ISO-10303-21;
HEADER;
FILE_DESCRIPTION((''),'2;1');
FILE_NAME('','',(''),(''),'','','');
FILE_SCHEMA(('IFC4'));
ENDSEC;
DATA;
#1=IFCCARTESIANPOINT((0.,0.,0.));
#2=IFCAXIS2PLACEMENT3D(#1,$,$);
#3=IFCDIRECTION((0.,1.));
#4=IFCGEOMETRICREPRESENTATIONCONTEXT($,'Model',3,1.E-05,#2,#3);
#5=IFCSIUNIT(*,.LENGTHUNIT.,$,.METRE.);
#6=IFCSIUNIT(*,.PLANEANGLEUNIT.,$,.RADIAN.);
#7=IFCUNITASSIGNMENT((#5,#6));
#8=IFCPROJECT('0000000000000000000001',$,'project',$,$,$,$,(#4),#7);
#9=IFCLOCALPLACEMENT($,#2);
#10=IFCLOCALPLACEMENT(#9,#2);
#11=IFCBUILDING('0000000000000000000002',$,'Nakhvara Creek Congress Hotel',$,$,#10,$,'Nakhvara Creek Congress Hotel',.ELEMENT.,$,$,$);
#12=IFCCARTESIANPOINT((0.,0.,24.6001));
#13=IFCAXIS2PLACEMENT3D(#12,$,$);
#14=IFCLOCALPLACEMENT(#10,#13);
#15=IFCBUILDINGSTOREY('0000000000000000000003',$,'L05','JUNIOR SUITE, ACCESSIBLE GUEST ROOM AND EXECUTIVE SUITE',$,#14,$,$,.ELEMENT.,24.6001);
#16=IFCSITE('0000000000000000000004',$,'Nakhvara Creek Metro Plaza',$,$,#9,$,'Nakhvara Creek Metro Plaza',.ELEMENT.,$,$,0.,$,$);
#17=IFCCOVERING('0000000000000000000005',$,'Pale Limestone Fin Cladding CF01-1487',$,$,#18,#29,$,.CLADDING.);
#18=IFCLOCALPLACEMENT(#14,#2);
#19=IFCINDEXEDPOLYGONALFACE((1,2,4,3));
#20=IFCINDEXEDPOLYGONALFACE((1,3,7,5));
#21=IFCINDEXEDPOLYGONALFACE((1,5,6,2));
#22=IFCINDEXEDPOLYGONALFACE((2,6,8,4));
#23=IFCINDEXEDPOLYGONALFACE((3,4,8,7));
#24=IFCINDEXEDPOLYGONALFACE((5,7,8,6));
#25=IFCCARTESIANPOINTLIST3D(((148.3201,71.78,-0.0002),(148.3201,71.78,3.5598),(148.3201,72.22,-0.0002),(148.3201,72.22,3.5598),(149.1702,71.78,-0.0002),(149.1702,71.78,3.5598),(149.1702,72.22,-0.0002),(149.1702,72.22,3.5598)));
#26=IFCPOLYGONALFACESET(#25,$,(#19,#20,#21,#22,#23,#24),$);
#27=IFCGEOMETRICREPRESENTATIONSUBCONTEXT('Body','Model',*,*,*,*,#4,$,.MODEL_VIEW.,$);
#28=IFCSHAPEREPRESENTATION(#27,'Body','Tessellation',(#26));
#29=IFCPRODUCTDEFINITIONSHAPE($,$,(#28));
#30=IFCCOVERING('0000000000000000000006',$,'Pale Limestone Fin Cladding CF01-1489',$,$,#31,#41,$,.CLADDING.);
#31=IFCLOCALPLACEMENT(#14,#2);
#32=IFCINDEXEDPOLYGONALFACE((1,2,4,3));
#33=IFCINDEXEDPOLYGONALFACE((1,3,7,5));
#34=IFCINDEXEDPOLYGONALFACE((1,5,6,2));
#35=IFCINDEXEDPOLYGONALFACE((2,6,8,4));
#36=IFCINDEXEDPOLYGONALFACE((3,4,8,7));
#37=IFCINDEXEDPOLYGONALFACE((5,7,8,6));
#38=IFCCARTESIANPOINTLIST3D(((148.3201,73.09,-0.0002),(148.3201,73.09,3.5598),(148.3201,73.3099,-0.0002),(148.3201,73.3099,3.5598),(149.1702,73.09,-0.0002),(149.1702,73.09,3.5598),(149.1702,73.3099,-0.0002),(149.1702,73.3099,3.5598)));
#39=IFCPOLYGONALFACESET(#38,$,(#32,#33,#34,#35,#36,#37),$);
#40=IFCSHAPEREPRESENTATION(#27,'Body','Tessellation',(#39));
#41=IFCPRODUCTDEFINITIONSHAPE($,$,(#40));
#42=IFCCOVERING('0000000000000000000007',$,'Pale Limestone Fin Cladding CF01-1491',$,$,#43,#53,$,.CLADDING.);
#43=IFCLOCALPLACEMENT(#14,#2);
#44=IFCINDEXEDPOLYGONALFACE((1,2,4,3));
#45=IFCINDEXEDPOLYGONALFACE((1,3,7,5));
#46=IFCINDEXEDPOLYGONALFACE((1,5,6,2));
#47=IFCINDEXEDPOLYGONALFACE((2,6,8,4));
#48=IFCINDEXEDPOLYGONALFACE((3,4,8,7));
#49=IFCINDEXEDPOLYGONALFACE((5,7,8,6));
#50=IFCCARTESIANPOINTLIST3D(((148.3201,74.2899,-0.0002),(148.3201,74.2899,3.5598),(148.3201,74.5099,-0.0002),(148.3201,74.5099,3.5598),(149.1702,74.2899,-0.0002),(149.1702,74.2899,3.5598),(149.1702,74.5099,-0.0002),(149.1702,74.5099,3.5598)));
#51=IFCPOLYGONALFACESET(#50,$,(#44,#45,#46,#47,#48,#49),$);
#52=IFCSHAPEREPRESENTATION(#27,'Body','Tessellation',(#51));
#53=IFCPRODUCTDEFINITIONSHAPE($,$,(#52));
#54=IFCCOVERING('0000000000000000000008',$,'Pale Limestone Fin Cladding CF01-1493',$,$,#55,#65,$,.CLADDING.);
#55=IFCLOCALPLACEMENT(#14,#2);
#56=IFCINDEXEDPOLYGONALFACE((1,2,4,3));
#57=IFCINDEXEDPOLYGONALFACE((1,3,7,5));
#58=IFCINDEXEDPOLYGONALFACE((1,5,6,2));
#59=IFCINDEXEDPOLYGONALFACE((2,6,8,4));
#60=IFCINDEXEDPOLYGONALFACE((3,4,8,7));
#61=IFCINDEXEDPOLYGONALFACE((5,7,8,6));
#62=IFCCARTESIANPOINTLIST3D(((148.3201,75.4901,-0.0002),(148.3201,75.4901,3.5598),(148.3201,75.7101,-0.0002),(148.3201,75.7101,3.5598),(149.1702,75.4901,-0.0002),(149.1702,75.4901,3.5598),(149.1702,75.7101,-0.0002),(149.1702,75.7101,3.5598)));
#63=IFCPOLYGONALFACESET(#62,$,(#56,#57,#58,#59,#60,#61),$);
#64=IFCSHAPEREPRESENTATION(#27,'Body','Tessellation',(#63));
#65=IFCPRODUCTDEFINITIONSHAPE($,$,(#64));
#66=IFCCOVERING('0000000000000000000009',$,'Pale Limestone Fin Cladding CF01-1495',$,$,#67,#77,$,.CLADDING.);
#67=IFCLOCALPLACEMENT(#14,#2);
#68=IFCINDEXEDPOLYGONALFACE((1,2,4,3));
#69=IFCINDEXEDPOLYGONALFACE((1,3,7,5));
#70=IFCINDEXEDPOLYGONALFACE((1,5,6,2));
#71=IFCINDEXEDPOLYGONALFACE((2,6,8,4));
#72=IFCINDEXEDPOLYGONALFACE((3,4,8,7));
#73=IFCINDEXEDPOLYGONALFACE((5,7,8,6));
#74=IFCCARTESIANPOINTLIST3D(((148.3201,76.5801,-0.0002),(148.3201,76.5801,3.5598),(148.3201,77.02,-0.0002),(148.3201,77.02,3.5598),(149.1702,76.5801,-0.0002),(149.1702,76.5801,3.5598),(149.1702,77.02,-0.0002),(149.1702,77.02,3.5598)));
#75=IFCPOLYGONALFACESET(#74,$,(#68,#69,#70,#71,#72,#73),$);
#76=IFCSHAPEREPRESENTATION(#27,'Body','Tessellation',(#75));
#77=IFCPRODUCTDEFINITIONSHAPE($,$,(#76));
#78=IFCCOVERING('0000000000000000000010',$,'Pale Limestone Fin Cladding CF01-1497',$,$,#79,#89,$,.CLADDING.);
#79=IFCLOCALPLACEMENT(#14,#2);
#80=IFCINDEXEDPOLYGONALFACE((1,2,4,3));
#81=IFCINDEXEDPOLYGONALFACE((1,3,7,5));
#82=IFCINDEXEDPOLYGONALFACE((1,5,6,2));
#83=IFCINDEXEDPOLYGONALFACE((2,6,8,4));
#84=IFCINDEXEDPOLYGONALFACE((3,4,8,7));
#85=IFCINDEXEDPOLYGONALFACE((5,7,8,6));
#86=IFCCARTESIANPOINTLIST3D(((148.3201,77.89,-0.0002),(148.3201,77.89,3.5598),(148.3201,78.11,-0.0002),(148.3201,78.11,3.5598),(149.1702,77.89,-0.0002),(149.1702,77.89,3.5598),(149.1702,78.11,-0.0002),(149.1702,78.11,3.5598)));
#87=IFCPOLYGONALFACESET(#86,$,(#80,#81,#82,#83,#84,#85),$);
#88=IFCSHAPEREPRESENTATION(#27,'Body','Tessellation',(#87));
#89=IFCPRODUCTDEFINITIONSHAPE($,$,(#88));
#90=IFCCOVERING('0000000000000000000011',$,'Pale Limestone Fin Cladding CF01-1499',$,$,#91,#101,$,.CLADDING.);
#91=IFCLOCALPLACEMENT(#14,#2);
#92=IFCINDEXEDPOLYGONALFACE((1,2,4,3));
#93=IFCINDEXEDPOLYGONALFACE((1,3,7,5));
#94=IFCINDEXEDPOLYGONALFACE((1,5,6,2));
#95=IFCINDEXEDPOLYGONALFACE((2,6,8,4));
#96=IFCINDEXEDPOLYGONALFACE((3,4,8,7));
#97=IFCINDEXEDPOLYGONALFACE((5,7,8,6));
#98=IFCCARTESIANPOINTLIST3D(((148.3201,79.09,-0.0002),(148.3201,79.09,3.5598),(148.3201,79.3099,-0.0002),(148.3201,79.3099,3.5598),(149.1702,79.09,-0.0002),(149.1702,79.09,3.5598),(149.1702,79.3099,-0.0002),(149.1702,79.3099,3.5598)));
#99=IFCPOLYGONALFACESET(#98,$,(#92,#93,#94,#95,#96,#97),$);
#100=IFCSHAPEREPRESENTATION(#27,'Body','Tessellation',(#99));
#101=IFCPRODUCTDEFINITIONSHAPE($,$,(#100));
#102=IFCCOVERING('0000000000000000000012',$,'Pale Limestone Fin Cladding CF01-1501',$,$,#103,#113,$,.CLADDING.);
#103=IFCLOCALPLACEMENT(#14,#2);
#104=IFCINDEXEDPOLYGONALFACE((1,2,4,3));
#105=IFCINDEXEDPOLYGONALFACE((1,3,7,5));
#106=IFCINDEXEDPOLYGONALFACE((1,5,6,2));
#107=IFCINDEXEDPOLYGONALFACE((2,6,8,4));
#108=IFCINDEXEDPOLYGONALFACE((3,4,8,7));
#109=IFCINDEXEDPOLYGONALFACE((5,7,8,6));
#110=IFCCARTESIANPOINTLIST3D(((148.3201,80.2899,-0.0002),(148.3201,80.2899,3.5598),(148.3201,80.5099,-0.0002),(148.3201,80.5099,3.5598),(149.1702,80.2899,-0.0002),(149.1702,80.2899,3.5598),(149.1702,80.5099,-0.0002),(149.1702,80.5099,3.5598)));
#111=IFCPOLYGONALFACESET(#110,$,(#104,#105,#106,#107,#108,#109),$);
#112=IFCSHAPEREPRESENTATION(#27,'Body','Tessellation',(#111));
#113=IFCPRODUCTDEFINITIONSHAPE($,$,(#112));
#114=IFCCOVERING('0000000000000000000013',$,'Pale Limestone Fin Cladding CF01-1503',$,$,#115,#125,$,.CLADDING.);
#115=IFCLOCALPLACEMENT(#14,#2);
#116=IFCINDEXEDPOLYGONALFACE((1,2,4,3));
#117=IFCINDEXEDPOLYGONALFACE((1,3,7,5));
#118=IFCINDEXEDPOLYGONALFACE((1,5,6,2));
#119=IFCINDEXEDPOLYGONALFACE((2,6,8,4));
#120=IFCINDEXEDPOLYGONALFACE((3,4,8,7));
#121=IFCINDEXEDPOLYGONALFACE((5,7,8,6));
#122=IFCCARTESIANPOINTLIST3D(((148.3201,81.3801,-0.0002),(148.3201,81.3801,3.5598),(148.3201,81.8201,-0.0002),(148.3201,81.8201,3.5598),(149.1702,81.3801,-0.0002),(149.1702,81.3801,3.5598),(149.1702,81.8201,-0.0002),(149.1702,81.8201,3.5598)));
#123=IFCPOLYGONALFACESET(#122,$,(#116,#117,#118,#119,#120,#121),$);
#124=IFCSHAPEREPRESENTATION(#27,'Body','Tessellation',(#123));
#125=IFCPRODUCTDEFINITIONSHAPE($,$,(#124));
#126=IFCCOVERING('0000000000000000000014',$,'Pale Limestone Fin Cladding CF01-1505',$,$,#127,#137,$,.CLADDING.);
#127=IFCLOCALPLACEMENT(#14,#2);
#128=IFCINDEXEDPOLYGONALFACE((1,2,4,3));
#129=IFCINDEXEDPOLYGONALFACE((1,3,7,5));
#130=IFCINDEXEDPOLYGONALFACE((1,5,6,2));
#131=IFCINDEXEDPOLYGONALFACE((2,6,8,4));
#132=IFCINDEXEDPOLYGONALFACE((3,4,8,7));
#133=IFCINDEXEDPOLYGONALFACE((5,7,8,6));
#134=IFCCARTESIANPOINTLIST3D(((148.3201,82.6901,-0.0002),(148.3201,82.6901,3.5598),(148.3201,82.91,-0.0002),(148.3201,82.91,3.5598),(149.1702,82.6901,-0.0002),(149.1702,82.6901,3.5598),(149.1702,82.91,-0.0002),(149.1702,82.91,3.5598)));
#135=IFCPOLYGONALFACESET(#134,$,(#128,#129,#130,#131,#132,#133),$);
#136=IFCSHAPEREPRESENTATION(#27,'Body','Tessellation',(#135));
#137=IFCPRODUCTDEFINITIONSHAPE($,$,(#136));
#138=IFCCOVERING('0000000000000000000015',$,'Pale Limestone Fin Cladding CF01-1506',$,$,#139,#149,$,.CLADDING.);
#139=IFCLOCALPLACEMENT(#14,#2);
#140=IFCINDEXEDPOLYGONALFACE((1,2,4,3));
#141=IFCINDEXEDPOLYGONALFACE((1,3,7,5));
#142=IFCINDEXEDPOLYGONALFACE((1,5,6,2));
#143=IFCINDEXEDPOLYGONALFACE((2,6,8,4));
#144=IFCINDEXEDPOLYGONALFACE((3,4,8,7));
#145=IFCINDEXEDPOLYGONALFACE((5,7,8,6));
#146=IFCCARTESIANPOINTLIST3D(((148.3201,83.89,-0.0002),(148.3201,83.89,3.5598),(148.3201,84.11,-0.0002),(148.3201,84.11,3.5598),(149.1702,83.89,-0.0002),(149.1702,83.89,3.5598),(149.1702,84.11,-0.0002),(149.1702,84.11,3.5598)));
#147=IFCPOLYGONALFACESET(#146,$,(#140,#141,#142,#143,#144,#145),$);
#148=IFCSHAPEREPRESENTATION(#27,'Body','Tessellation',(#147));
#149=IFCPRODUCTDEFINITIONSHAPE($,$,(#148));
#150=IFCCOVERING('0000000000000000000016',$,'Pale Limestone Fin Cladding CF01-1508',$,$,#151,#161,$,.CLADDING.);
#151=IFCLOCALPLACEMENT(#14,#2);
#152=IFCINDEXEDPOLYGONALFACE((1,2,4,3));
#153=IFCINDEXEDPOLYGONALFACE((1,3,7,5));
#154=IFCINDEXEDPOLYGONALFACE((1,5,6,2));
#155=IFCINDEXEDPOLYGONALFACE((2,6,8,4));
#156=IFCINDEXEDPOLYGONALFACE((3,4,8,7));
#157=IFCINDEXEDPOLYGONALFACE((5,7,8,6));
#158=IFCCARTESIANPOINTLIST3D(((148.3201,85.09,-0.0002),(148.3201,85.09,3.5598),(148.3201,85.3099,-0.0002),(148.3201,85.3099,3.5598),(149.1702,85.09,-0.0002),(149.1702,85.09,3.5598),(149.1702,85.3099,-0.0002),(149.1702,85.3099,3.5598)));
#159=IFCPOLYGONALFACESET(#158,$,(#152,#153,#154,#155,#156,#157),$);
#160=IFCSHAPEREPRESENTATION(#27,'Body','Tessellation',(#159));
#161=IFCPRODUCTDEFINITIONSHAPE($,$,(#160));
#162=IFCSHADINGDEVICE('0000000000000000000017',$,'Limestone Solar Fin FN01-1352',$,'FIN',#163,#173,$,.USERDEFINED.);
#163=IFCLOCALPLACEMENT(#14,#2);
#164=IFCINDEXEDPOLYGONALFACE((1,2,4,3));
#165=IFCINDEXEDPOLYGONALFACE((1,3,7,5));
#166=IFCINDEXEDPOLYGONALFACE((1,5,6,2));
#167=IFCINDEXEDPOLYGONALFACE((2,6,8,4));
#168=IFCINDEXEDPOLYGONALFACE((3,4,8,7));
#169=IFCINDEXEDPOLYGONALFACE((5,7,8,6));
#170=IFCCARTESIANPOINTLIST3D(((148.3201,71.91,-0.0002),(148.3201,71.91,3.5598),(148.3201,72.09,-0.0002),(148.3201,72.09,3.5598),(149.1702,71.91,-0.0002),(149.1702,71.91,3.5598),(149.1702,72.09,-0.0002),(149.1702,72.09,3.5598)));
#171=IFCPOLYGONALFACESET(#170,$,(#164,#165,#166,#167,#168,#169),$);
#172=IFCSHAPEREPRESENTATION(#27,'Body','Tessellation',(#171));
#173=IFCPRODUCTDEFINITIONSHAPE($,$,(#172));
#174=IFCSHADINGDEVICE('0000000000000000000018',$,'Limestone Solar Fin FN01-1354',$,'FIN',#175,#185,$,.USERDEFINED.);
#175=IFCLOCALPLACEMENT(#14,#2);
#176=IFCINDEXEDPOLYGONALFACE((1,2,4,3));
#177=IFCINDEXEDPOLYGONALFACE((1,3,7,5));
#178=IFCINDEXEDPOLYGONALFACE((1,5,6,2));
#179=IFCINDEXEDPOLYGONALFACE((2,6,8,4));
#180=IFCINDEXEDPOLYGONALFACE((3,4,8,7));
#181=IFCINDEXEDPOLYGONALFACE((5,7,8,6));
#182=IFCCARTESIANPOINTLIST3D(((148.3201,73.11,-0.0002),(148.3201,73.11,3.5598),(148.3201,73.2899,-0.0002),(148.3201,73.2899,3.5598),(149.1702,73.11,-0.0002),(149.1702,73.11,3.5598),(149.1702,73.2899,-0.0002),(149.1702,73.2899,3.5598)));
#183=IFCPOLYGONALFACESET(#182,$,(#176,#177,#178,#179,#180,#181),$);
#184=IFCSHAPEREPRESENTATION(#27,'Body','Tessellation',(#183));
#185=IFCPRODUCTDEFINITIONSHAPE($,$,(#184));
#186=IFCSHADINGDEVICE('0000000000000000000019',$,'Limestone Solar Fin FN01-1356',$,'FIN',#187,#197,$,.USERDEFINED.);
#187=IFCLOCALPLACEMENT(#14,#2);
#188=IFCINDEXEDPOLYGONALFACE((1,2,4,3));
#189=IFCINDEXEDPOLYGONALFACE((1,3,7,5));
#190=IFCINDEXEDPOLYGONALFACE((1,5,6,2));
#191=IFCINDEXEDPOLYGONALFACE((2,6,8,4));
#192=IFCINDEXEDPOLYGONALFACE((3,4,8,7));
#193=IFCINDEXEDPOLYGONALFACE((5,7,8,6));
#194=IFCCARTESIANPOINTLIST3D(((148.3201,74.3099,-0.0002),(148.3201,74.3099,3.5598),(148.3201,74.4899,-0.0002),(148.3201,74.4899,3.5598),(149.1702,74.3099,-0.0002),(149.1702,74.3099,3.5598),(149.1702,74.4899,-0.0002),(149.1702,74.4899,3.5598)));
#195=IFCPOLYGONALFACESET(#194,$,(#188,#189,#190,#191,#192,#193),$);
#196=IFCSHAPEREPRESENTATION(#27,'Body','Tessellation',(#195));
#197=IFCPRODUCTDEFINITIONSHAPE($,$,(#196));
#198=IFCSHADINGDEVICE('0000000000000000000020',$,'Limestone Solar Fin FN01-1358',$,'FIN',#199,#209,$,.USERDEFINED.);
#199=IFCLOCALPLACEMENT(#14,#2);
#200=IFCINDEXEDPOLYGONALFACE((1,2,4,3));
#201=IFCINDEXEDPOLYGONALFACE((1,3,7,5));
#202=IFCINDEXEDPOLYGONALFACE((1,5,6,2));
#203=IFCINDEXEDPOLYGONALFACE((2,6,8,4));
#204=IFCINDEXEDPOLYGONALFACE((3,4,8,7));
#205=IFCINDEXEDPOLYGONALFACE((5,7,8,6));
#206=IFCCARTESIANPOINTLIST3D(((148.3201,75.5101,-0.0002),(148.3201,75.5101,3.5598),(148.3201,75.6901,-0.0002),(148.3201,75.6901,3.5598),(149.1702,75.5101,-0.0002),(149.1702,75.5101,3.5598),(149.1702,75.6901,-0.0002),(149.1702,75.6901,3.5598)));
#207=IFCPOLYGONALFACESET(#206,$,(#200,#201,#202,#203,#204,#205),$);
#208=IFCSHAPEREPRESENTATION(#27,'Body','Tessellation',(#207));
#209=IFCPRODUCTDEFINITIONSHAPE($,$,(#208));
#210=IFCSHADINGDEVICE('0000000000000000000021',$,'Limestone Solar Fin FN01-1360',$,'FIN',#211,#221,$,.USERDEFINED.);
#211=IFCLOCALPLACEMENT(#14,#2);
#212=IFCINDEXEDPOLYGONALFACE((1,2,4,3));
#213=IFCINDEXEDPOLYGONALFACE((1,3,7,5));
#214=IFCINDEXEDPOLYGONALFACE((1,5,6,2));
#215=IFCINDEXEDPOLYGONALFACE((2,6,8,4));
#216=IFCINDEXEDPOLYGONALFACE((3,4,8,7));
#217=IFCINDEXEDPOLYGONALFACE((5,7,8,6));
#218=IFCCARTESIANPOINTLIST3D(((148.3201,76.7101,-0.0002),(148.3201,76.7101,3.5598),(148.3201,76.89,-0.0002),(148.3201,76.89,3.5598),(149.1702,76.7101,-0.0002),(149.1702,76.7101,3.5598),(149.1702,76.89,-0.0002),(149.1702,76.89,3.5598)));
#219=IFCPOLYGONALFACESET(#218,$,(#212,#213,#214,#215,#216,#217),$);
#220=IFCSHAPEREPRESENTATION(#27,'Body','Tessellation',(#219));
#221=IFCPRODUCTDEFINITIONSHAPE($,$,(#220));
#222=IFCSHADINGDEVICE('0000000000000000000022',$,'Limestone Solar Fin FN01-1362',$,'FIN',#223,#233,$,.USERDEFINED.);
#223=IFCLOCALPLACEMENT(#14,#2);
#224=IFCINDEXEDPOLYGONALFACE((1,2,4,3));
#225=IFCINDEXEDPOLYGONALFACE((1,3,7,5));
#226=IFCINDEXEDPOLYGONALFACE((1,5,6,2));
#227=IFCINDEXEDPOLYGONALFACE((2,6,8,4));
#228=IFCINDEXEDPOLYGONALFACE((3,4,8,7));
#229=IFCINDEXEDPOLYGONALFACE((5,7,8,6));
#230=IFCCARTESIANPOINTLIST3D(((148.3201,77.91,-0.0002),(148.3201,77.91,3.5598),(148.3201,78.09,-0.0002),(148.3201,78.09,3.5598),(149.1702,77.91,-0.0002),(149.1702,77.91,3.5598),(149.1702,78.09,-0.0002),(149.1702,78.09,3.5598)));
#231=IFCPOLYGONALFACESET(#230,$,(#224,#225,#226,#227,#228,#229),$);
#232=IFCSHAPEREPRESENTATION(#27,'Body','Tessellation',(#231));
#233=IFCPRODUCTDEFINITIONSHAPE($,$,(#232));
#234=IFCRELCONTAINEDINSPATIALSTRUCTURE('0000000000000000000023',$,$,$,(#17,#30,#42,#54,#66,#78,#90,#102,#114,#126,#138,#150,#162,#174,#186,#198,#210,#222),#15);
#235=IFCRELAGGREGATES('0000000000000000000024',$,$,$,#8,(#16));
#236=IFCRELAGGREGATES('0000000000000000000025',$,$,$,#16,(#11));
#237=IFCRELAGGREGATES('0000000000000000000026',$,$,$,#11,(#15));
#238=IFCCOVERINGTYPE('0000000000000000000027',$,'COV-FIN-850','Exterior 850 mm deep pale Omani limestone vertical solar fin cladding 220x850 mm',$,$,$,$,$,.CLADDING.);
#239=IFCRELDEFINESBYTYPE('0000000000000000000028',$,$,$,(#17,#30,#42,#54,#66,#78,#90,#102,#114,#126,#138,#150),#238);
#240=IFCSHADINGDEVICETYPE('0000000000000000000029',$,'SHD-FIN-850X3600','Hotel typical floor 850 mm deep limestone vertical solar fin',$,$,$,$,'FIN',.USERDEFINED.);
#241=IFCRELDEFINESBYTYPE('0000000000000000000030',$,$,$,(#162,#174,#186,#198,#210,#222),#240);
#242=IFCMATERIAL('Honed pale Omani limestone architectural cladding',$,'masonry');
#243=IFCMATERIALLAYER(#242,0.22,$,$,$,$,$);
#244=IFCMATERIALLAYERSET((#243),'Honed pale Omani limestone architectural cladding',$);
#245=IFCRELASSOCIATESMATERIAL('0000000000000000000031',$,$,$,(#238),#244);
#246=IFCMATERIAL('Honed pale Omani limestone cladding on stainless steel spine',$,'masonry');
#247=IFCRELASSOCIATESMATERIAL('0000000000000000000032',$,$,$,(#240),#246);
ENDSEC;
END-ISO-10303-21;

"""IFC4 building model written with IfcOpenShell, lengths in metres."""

from ifc_helpers import new_model, si_unit, direction, frame, origin, origin_2d, place, context, subcontext, project, spatial, rectangle, extrude, material, layer, layer_set, type_object, element, save


model = new_model("IFC4")

# Units and contexts
model_context = context("Model", 3, precision=1e-05, world=origin(), true_north=direction((0.0, 1.0)))
body_context = subcontext(model_context, "Body", "Model", "MODEL_VIEW")
ifc_project = project(units=[si_unit("LENGTHUNIT", "METRE"), si_unit("PLANEANGLEUNIT", "RADIAN")], contexts=[model_context])

# Site, building, storey
site_placement = place(None, origin())
site = spatial("IfcSite", under=ifc_project, at=site_placement, Name="Nakhvara Creek Metro Plaza", LongName="Nakhvara Creek Metro Plaza", CompositionType="ELEMENT", RefElevation=0.0)
building_placement = place(site_placement, origin())
building = spatial("IfcBuilding", under=site, at=building_placement, Name="Nakhvara Creek Congress Hotel", LongName="Nakhvara Creek Congress Hotel", CompositionType="ELEMENT")
storey_placement = place(building_placement, frame((0.0, 0.0, 24.6001)))
storey = spatial("IfcBuildingStorey", under=building, at=storey_placement, Name="L05", Description="JUNIOR SUITE, ACCESSIBLE GUEST ROOM AND EXECUTIVE SUITE", CompositionType="ELEMENT", Elevation=24.6001)

# Coverings
ifc_material_1 = material(Name="Honed pale Omani limestone architectural cladding", Category="masonry")
ifc_layer = layer(ifc_material_1, 0.22)
ifc_layer_set = layer_set([ifc_layer], Name="Honed pale Omani limestone architectural cladding")
covering_type = type_object("IfcCoveringType", Name="COV-FIN-850", Description="Exterior 850 mm deep pale Omani limestone vertical solar fin cladding 220x850 mm", PredefinedType="CLADDING", material=ifc_layer_set)
covering_1_placement = place(storey_placement, frame((148.7451, 72.0, -0.0002), z_axis=(0.0, 0.0, 1.0), x_axis=(0.0, 1.0, 0.0)))
element("IfcCovering", 1, at=covering_1_placement, inside=storey, type_object=covering_type, Name="Pale Limestone Fin Cladding CF01-1487", PredefinedType="CLADDING", context=body_context, shape_type="SweptSolid", body=[
    extrude(rectangle(XDim=0.4399, YDim=0.8501, at=origin_2d()), origin(), (0.0, 0.0, 1.0), 3.5601),
])
for number, where, z_axis, x_axis, name in (
    (2, (148.7451, 73.2, -0.0002), (0.0, 0.0, 1.0), (0.0, 1.0, 0.0), "Pale Limestone Fin Cladding CF01-1489"),
    (3, (148.7451, 74.3999, -0.0002), (0.0, 0.0, 1.0), (0.0, 1.0, 0.0), "Pale Limestone Fin Cladding CF01-1491"),
    (4, (148.7451, 75.6001, -0.0002), (0.0, 0.0, 1.0), (0.0, 1.0, 0.0), "Pale Limestone Fin Cladding CF01-1493"),
):
    element("IfcCovering", number, at=place(storey_placement, frame(where, z_axis=z_axis, x_axis=x_axis)), inside=storey, type_object=covering_type, Name=name, PredefinedType="CLADDING", context=body_context, shape_type="SweptSolid", body=[
        extrude(rectangle(XDim=0.22, YDim=0.8501, at=origin_2d()), origin(), (0.0, 0.0, 1.0), 3.5601),
    ])
covering_2_placement = place(storey_placement, frame((148.7451, 76.8, -0.0002), z_axis=(0.0, 0.0, 1.0), x_axis=(0.0, 1.0, 0.0)))
element("IfcCovering", 5, at=covering_2_placement, inside=storey, type_object=covering_type, Name="Pale Limestone Fin Cladding CF01-1495", PredefinedType="CLADDING", context=body_context, shape_type="SweptSolid", body=[
    extrude(rectangle(XDim=0.4399, YDim=0.8501, at=origin_2d()), origin(), (0.0, 0.0, 1.0), 3.5601),
])
for number, where, z_axis, x_axis, name in (
    (6, (148.7451, 78.0, -0.0002), (0.0, 0.0, 1.0), (0.0, 1.0, 0.0), "Pale Limestone Fin Cladding CF01-1497"),
    (7, (148.7451, 79.2, -0.0002), (0.0, 0.0, 1.0), (0.0, 1.0, 0.0), "Pale Limestone Fin Cladding CF01-1499"),
    (8, (148.7451, 80.3999, -0.0002), (0.0, 0.0, 1.0), (0.0, 1.0, 0.0), "Pale Limestone Fin Cladding CF01-1501"),
):
    element("IfcCovering", number, at=place(storey_placement, frame(where, z_axis=z_axis, x_axis=x_axis)), inside=storey, type_object=covering_type, Name=name, PredefinedType="CLADDING", context=body_context, shape_type="SweptSolid", body=[
        extrude(rectangle(XDim=0.22, YDim=0.8501, at=origin_2d()), origin(), (0.0, 0.0, 1.0), 3.5601),
    ])
covering_3_placement = place(storey_placement, frame((148.7451, 81.6001, -0.0002), z_axis=(0.0, 0.0, 1.0), x_axis=(0.0, 1.0, 0.0)))
element("IfcCovering", 9, at=covering_3_placement, inside=storey, type_object=covering_type, Name="Pale Limestone Fin Cladding CF01-1503", PredefinedType="CLADDING", context=body_context, shape_type="SweptSolid", body=[
    extrude(rectangle(XDim=0.4399, YDim=0.8501, at=origin_2d()), origin(), (0.0, 0.0, 1.0), 3.5601),
])
for number, where, z_axis, x_axis, name in (
    (10, (148.7451, 82.8, -0.0002), (0.0, 0.0, 1.0), (0.0, 1.0, 0.0), "Pale Limestone Fin Cladding CF01-1505"),
    (11, (148.7451, 84.0, -0.0002), (0.0, 0.0, 1.0), (0.0, 1.0, 0.0), "Pale Limestone Fin Cladding CF01-1506"),
    (12, (148.7451, 85.2, -0.0002), (0.0, 0.0, 1.0), (0.0, 1.0, 0.0), "Pale Limestone Fin Cladding CF01-1508"),
):
    element("IfcCovering", number, at=place(storey_placement, frame(where, z_axis=z_axis, x_axis=x_axis)), inside=storey, type_object=covering_type, Name=name, PredefinedType="CLADDING", context=body_context, shape_type="SweptSolid", body=[
        extrude(rectangle(XDim=0.22, YDim=0.8501, at=origin_2d()), origin(), (0.0, 0.0, 1.0), 3.5601),
    ])

# Shading devices
ifc_material_2 = material(Name="Honed pale Omani limestone cladding on stainless steel spine", Category="masonry")
shading_device_type = type_object("IfcShadingDeviceType", Name="SHD-FIN-850X3600", Description="Hotel typical floor 850 mm deep limestone vertical solar fin", ElementType="FIN", PredefinedType="USERDEFINED", material=ifc_material_2)
for number, where, z_axis, x_axis, name in (
    (13, (148.7451, 72.0, -0.0002), (0.0, 0.0, 1.0), (0.0, 1.0, 0.0), "Limestone Solar Fin FN01-1352"),
    (14, (148.7451, 73.2, -0.0002), (0.0, 0.0, 1.0), (0.0, 1.0, 0.0), "Limestone Solar Fin FN01-1354"),
    (15, (148.7451, 74.3999, -0.0002), (0.0, 0.0, 1.0), (0.0, 1.0, 0.0), "Limestone Solar Fin FN01-1356"),
    (16, (148.7451, 75.6001, -0.0002), (0.0, 0.0, 1.0), (0.0, 1.0, 0.0), "Limestone Solar Fin FN01-1358"),
    (17, (148.7451, 76.8, -0.0002), (0.0, 0.0, 1.0), (0.0, 1.0, 0.0), "Limestone Solar Fin FN01-1360"),
    (18, (148.7451, 78.0, -0.0002), (0.0, 0.0, 1.0), (0.0, 1.0, 0.0), "Limestone Solar Fin FN01-1362"),
):
    element("IfcShadingDevice", number, at=place(storey_placement, frame(where, z_axis=z_axis, x_axis=x_axis)), inside=storey, type_object=shading_device_type, Name=name, ObjectType="FIN", PredefinedType="USERDEFINED", context=body_context, shape_type="SweptSolid", body=[
        extrude(rectangle(XDim=0.1799, YDim=0.8501, at=origin_2d()), origin(), (0.0, 0.0, 1.0), 3.5601),
    ])

save(model, "model.ifc")
